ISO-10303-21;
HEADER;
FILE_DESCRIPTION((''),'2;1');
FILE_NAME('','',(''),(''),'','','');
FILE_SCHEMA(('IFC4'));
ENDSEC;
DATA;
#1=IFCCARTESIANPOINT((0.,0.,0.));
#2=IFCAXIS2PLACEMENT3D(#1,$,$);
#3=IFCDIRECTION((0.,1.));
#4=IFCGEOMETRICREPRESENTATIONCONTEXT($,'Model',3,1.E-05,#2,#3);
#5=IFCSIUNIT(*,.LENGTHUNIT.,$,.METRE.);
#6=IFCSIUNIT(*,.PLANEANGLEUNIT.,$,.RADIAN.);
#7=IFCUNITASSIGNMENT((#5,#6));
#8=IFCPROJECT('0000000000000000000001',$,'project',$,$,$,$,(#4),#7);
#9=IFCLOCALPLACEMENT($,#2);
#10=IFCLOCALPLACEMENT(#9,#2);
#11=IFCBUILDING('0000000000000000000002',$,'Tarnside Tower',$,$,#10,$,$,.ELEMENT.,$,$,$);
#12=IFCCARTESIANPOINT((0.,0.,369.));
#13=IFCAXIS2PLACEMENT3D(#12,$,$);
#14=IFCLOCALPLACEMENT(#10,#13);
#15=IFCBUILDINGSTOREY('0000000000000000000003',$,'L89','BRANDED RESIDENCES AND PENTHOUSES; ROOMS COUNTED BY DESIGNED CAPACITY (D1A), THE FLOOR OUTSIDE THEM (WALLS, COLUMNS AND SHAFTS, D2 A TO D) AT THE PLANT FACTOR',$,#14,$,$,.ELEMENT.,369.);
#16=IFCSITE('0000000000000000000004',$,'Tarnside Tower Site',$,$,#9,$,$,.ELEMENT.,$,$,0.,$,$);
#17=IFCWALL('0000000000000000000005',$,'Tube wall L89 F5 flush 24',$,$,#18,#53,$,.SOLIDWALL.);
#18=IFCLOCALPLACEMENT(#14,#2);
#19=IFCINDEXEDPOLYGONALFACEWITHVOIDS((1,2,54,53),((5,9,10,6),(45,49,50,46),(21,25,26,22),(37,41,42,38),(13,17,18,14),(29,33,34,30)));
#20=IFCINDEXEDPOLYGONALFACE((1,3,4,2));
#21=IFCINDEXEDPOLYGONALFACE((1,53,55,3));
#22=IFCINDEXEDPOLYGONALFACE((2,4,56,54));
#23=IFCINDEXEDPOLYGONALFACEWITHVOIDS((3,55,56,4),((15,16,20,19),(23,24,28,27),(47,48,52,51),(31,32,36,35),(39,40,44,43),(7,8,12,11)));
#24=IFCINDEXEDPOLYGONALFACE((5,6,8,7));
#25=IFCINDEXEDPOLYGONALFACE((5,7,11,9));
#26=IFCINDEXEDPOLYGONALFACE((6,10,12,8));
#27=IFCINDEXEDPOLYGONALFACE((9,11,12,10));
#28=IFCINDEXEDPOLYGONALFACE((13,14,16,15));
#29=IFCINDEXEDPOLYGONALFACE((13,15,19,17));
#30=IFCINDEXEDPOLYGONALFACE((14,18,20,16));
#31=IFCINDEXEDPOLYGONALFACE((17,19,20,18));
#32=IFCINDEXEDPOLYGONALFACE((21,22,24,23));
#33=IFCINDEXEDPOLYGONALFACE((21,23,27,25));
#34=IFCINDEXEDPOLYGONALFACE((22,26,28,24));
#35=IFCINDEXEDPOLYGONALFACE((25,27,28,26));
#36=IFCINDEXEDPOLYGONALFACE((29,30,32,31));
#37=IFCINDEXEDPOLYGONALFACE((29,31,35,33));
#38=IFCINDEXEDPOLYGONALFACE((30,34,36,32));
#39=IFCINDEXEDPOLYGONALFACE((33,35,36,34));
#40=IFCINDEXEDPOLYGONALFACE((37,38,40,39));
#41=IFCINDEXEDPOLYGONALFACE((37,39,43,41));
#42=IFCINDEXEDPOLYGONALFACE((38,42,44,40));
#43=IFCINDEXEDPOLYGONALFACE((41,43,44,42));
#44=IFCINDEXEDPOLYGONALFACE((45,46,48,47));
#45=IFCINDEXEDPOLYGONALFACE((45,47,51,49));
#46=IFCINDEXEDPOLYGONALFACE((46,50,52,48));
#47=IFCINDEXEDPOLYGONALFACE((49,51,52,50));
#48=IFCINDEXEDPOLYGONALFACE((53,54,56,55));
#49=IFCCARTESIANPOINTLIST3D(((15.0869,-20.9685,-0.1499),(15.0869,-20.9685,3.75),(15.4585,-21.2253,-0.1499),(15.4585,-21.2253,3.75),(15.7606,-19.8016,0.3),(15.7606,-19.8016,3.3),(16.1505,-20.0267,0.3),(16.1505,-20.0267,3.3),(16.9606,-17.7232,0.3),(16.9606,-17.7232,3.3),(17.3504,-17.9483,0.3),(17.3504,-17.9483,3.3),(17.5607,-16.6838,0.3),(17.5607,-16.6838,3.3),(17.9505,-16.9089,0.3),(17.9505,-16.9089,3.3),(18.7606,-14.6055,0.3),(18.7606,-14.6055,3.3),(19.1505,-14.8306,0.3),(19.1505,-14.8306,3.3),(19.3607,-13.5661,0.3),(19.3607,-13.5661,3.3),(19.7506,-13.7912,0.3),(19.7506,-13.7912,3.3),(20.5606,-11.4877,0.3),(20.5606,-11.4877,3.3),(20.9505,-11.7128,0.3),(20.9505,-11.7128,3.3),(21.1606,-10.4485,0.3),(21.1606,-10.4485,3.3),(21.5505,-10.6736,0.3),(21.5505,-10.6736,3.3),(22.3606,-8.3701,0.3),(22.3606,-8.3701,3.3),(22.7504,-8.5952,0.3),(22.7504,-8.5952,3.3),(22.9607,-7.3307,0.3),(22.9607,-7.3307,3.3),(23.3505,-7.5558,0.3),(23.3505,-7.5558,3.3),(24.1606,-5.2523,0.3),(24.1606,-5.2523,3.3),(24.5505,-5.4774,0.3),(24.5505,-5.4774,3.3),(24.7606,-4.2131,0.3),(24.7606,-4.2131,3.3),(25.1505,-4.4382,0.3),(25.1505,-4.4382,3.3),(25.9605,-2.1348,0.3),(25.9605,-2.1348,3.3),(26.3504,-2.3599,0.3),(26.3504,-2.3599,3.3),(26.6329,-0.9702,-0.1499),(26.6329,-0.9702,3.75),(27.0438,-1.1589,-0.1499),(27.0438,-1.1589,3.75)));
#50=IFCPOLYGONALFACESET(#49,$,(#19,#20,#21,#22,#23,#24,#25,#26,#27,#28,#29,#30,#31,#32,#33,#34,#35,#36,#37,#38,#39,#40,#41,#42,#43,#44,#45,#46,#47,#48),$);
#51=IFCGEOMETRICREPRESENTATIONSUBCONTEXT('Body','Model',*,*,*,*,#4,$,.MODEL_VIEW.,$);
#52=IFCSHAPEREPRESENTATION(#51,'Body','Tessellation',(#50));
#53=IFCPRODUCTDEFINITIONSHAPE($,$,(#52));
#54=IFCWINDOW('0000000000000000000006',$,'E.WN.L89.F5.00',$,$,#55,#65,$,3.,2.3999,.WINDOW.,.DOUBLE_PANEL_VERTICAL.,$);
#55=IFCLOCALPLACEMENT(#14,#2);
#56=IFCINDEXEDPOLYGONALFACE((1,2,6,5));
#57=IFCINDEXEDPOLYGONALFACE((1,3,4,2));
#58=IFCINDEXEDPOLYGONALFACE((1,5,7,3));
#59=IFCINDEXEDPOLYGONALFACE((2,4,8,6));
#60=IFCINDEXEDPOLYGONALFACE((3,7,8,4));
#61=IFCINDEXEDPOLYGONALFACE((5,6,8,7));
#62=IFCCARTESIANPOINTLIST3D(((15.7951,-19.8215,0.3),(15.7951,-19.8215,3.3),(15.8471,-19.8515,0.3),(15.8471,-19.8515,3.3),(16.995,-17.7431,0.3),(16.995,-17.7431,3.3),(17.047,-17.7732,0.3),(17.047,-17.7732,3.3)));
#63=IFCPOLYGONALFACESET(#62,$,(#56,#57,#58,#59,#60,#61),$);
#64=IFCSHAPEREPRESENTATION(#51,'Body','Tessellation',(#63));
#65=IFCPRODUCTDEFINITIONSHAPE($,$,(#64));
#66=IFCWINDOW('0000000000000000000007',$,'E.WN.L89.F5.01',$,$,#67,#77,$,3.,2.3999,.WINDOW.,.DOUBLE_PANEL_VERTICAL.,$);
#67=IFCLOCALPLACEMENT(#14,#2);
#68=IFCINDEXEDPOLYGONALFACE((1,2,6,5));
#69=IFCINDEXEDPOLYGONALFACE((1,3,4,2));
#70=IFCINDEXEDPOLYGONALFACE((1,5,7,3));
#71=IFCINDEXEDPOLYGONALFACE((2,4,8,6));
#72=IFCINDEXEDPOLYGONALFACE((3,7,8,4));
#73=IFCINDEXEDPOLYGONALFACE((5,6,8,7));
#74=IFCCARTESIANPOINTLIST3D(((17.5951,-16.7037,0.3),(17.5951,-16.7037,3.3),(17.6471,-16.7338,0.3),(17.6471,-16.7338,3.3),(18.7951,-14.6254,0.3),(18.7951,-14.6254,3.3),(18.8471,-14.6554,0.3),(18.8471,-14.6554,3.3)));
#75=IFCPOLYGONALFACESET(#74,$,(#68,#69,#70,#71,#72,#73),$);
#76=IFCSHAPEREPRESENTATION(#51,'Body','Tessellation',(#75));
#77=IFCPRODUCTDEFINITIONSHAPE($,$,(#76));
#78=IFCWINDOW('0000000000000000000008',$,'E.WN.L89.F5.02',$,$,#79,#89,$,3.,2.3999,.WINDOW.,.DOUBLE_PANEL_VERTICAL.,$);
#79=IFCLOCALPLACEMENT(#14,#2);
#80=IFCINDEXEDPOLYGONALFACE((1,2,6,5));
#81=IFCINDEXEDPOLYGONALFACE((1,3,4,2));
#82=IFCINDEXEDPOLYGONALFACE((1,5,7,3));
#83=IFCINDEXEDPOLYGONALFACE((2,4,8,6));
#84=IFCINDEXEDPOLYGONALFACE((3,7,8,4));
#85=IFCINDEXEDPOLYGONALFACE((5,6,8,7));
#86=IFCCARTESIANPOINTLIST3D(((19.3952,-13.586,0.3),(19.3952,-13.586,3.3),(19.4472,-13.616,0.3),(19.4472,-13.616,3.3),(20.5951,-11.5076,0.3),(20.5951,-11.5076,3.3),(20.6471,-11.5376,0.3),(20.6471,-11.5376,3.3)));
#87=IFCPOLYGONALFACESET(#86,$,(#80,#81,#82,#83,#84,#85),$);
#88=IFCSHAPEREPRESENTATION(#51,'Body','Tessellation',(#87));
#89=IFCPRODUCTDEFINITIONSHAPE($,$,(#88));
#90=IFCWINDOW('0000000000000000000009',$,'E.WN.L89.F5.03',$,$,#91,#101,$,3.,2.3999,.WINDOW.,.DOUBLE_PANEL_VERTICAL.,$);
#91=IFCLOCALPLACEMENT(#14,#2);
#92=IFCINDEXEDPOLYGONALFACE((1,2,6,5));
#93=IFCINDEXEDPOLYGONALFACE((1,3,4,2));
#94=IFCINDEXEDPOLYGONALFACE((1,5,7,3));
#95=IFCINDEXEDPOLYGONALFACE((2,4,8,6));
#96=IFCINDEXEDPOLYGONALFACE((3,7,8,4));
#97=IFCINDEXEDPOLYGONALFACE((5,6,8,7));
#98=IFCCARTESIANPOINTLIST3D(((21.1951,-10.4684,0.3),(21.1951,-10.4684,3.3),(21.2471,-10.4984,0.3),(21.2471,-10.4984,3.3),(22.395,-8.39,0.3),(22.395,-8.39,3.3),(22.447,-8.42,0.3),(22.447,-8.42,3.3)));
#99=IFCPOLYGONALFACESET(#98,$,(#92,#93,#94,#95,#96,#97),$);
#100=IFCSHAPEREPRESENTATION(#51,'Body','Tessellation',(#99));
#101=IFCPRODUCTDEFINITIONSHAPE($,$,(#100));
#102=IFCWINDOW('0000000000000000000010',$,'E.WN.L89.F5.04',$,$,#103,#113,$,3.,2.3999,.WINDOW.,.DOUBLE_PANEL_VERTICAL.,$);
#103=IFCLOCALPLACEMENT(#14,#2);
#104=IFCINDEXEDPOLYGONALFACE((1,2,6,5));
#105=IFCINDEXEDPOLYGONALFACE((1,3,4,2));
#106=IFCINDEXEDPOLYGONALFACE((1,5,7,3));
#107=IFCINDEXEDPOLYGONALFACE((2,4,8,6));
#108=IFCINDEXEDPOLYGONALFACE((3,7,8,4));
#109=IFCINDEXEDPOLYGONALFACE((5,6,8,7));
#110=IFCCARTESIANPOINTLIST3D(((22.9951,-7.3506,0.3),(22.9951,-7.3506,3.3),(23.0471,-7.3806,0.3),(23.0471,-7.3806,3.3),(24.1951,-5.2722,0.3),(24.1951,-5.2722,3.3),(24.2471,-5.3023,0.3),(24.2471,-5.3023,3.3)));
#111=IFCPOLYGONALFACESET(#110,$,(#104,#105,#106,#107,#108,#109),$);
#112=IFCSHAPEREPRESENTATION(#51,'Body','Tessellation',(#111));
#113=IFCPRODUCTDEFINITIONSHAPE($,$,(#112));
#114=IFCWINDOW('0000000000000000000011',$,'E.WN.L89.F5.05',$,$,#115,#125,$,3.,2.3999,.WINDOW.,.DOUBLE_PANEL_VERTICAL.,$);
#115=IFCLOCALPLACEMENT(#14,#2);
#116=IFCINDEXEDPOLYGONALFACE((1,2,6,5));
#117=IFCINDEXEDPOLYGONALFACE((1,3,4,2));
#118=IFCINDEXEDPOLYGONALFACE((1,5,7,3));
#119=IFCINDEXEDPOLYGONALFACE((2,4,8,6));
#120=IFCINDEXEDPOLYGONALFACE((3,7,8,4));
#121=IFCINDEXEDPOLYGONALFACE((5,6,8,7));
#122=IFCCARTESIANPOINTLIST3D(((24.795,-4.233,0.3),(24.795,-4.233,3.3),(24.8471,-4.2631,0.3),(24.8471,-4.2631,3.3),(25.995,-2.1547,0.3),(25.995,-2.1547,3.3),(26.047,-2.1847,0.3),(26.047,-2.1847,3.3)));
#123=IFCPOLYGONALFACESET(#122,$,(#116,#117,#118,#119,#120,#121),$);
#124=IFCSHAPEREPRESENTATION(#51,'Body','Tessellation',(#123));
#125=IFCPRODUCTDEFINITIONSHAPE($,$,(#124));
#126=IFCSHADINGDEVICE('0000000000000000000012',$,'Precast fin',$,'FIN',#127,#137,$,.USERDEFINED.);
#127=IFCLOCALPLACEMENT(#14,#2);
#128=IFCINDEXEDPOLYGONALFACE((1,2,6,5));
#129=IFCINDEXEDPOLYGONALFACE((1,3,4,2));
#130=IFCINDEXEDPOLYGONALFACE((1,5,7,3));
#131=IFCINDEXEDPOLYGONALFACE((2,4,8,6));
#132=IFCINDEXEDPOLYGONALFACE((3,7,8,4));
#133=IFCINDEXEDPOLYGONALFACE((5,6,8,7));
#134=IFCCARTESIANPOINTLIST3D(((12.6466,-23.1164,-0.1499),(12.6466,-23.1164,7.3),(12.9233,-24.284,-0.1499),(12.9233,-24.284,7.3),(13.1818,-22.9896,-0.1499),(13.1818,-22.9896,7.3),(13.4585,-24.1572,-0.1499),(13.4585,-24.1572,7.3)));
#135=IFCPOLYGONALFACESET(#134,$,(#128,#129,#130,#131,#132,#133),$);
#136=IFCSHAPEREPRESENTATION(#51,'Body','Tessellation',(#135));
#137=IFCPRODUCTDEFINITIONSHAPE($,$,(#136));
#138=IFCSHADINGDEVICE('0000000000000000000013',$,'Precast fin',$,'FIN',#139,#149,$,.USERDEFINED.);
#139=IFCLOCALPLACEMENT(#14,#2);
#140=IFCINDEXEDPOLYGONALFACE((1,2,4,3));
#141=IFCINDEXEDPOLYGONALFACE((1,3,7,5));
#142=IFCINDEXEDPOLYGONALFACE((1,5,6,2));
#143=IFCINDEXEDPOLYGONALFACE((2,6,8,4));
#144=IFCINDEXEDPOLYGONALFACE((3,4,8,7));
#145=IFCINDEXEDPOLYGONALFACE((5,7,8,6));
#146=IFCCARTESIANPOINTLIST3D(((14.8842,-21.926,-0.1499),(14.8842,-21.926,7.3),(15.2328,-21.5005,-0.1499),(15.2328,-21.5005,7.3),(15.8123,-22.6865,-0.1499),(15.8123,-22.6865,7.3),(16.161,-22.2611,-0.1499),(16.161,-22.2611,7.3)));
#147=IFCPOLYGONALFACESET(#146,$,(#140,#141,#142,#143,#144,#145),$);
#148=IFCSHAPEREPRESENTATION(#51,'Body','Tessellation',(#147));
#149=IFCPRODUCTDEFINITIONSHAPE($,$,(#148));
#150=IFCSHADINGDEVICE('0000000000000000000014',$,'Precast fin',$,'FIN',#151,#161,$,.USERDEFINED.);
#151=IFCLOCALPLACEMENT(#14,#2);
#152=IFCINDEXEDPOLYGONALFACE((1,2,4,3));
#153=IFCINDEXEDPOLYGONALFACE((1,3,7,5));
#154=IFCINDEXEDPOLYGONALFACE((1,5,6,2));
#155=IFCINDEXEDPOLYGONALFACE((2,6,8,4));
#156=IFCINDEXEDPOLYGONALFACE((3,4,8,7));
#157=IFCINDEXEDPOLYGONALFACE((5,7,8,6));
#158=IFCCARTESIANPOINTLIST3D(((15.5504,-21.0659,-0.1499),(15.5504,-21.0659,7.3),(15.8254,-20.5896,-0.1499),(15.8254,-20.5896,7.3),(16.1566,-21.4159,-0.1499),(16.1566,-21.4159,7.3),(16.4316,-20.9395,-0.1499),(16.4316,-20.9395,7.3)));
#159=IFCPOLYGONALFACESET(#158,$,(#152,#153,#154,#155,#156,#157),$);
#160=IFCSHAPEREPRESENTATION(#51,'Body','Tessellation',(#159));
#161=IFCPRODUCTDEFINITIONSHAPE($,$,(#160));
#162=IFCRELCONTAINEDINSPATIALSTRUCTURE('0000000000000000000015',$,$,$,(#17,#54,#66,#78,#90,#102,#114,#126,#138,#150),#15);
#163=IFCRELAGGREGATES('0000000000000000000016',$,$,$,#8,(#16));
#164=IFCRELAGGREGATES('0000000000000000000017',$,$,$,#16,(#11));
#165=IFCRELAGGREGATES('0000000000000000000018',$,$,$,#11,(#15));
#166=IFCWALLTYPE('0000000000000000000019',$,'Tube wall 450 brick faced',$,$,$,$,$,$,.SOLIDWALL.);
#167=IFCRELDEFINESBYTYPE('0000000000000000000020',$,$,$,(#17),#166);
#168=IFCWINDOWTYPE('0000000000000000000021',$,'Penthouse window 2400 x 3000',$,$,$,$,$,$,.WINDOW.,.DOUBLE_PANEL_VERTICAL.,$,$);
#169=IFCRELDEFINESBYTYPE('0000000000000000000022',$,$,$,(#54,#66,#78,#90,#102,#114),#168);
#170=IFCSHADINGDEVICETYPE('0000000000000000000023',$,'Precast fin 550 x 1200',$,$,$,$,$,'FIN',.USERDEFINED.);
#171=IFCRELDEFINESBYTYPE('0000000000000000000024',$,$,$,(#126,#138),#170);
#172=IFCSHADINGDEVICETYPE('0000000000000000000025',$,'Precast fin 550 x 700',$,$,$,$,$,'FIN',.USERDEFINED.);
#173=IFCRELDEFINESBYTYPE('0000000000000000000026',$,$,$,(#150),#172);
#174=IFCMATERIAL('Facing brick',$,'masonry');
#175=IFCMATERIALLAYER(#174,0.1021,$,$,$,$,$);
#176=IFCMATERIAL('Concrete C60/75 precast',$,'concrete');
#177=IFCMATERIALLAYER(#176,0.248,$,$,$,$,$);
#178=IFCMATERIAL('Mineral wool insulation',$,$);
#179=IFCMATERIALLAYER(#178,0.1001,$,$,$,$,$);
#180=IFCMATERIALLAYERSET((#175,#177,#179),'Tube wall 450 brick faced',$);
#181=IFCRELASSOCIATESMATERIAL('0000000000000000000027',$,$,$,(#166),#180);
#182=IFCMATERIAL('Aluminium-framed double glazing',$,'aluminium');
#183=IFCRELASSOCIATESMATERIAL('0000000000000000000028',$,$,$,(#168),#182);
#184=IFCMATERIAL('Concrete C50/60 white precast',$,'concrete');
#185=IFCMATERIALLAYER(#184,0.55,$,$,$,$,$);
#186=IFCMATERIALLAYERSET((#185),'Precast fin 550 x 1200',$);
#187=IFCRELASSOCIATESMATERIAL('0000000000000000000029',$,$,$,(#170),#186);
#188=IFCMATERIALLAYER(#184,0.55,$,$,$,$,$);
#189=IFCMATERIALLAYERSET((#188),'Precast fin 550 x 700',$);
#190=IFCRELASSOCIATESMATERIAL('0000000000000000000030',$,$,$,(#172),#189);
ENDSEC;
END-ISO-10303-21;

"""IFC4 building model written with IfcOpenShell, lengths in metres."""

from ifc_helpers import new_model, si_unit, direction, frame, frame_2d, origin, place, context, subcontext, project, spatial, polyline, rectangle, outline, extrude, material, layer, layer_set, type_object, element, fill, save


model = new_model("IFC4")

# Units and contexts
model_context = context("Model", 3, precision=1e-05, world=origin(), true_north=direction((0.0, 1.0)))
body_context = subcontext(model_context, "Body", "Model", "MODEL_VIEW")
ifc_project = project(units=[si_unit("LENGTHUNIT", "METRE"), si_unit("PLANEANGLEUNIT", "RADIAN")], contexts=[model_context])

# Site, building, storey
site_placement = place(None, origin())
site = spatial("IfcSite", under=ifc_project, at=site_placement, Name="Tarnside Tower Site", CompositionType="ELEMENT", RefElevation=0.0)
building_placement = place(site_placement, origin())
building = spatial("IfcBuilding", under=site, at=building_placement, Name="Tarnside Tower", CompositionType="ELEMENT")
storey_placement = place(building_placement, frame((0.0, 0.0, 369.0)))
storey = spatial("IfcBuildingStorey", under=building, at=storey_placement, Name="L89", Description="BRANDED RESIDENCES AND PENTHOUSES; ROOMS COUNTED BY DESIGNED CAPACITY (D1A), THE FLOOR OUTSIDE THEM (WALLS, COLUMNS AND SHAFTS, D2 A TO D) AT THE PLANT FACTOR", CompositionType="ELEMENT", Elevation=369.0)

# Shared definitions
ifc_material_1 = material(Name="Facing brick", Category="masonry")
ifc_layer_1 = layer(ifc_material_1, 0.1021)
ifc_material_2 = material(Name="Concrete C60/75 precast", Category="concrete")
ifc_layer_2 = layer(ifc_material_2, 0.248)
ifc_material_3 = material(Name="Mineral wool insulation")
ifc_layer_3 = layer(ifc_material_3, 0.1001)
ifc_layer_set_1 = layer_set([ifc_layer_1, ifc_layer_2, ifc_layer_3], Name="Tube wall 450 brick faced")
wall_type_1 = type_object("IfcWallType", Name="Tube wall 450 brick faced", PredefinedType="SOLIDWALL", material=ifc_layer_set_1)

# Wall, openings, windows
wall_1_placement = place(storey_placement, frame((15.2727, -21.0969, -0.1499), z_axis=(0.0, 0.0, 1.0), x_axis=(0.499997, 0.866027, 0.0)))
wall_1 = element("IfcWall", 1, at=wall_1_placement, inside=storey, type_object=wall_type_1, Name="Tube wall L89 F5 flush 24", PredefinedType="SOLIDWALL", context=body_context, shape_type="SweptSolid", body=[
    extrude(outline(polyline([(-0.0183, -0.2251), (23.1523, -0.2251), (23.1104, 0.2251), (0.0183, 0.2251), (-0.0183, -0.2251)])), origin(), (0.0, 0.0, 1.0), 3.8999),
])
opening_1_placement = place(wall_1_placement, frame((1.3657, 0.0, 0.45)))
opening_1 = element("IfcOpeningElement", 2, at=opening_1_placement, cuts=wall_1, PredefinedType="OPENING", context=body_context, shape_type="SweptSolid", body=[
    extrude(rectangle(XDim=2.3999, YDim=3.0, at=frame_2d((1.2, 1.5))), frame((0.0, 0.2349, 0.0), z_axis=(0.0, -1.0, 0.0), x_axis=(1.0, 0.0, 0.0)), (0.0, 0.0, 1.0), 0.47),
])
opening_2_placement = place(wall_1_placement, frame((4.9658, 0.0, 0.45)))
opening_2 = element("IfcOpeningElement", 3, at=opening_2_placement, cuts=wall_1, PredefinedType="OPENING", context=body_context, shape_type="SweptSolid", body=[
    extrude(rectangle(XDim=2.3999, YDim=3.0, at=frame_2d((1.2, 1.5))), frame((0.0, 0.2349, 0.0), z_axis=(0.0, -1.0, 0.0), x_axis=(1.0, 0.0, 0.0)), (0.0, 0.0, 1.0), 0.47),
])
opening_3_placement = place(wall_1_placement, frame((8.5659, 0.0, 0.45)))
opening_3 = element("IfcOpeningElement", 4, at=opening_3_placement, cuts=wall_1, PredefinedType="OPENING", context=body_context, shape_type="SweptSolid", body=[
    extrude(rectangle(XDim=2.3999, YDim=3.0, at=frame_2d((1.2, 1.5))), frame((0.0, 0.2349, 0.0), z_axis=(0.0, -1.0, 0.0), x_axis=(1.0, 0.0, 0.0)), (0.0, 0.0, 1.0), 0.47),
])
opening_4_placement = place(wall_1_placement, frame((12.1658, 0.0, 0.45)))
opening_4 = element("IfcOpeningElement", 5, at=opening_4_placement, cuts=wall_1, PredefinedType="OPENING", context=body_context, shape_type="SweptSolid", body=[
    extrude(rectangle(XDim=2.3999, YDim=3.0, at=frame_2d((1.2, 1.5))), frame((0.0, 0.2349, 0.0), z_axis=(0.0, -1.0, 0.0), x_axis=(1.0, 0.0, 0.0)), (0.0, 0.0, 1.0), 0.47),
])
opening_5_placement = place(wall_1_placement, frame((15.7659, 0.0, 0.45)))
opening_5 = element("IfcOpeningElement", 6, at=opening_5_placement, cuts=wall_1, PredefinedType="OPENING", context=body_context, shape_type="SweptSolid", body=[
    extrude(rectangle(XDim=2.3999, YDim=3.0, at=frame_2d((1.2, 1.5))), frame((0.0, 0.2349, 0.0), z_axis=(0.0, -1.0, 0.0), x_axis=(1.0, 0.0, 0.0)), (0.0, 0.0, 1.0), 0.47),
])
opening_6_placement = place(wall_1_placement, frame((19.3657, 0.0, 0.45)))
opening_6 = element("IfcOpeningElement", 7, at=opening_6_placement, cuts=wall_1, PredefinedType="OPENING", context=body_context, shape_type="SweptSolid", body=[
    extrude(rectangle(XDim=2.3999, YDim=3.0, at=frame_2d((1.2, 1.5))), frame((0.0, 0.2349, 0.0), z_axis=(0.0, -1.0, 0.0), x_axis=(1.0, 0.0, 0.0)), (0.0, 0.0, 1.0), 0.47),
])
ifc_material_4 = material(Name="Aluminium-framed double glazing", Category="aluminium")
window_type = type_object("IfcWindowType", Name="Penthouse window 2400 x 3000", PartitioningType="DOUBLE_PANEL_VERTICAL", PredefinedType="WINDOW", material=ifc_material_4)
window_1_placement = place(opening_1_placement, frame((0.0, 0.1553, 0.0)))
window_1 = element("IfcWindow", 8, at=window_1_placement, inside=storey, type_object=window_type, Name="E.WN.L89.F5.00", OverallHeight=3.0, OverallWidth=2.3999, PartitioningType="DOUBLE_PANEL_VERTICAL", PredefinedType="WINDOW", context=body_context, shape_type="SweptSolid", body=[
    extrude(rectangle(XDim=2.3999, YDim=3.0, at=frame_2d((1.2, 1.5))), frame((0.0, 0.03, 0.0), z_axis=(0.0, -1.0, 0.0), x_axis=(1.0, 0.0, 0.0)), (0.0, 0.0, 1.0), 0.0601),
])
fill(opening_1, window_1)
window_2_placement = place(opening_2_placement, frame((0.0, 0.1553, 0.0)))
window_2 = element("IfcWindow", 9, at=window_2_placement, inside=storey, type_object=window_type, Name="E.WN.L89.F5.01", OverallHeight=3.0, OverallWidth=2.3999, PartitioningType="DOUBLE_PANEL_VERTICAL", PredefinedType="WINDOW", context=body_context, shape_type="SweptSolid", body=[
    extrude(rectangle(XDim=2.3999, YDim=3.0, at=frame_2d((1.2, 1.5))), frame((0.0, 0.03, 0.0), z_axis=(0.0, -1.0, 0.0), x_axis=(1.0, 0.0, 0.0)), (0.0, 0.0, 1.0), 0.0601),
])
fill(opening_2, window_2)
window_3_placement = place(opening_3_placement, frame((0.0, 0.1553, 0.0)))
window_3 = element("IfcWindow", 10, at=window_3_placement, inside=storey, type_object=window_type, Name="E.WN.L89.F5.02", OverallHeight=3.0, OverallWidth=2.3999, PartitioningType="DOUBLE_PANEL_VERTICAL", PredefinedType="WINDOW", context=body_context, shape_type="SweptSolid", body=[
    extrude(rectangle(XDim=2.3999, YDim=3.0, at=frame_2d((1.2, 1.5))), frame((0.0, 0.03, 0.0), z_axis=(0.0, -1.0, 0.0), x_axis=(1.0, 0.0, 0.0)), (0.0, 0.0, 1.0), 0.0601),
])
fill(opening_3, window_3)
window_4_placement = place(opening_4_placement, frame((0.0, 0.1553, 0.0)))
window_4 = element("IfcWindow", 11, at=window_4_placement, inside=storey, type_object=window_type, Name="E.WN.L89.F5.03", OverallHeight=3.0, OverallWidth=2.3999, PartitioningType="DOUBLE_PANEL_VERTICAL", PredefinedType="WINDOW", context=body_context, shape_type="SweptSolid", body=[
    extrude(rectangle(XDim=2.3999, YDim=3.0, at=frame_2d((1.2, 1.5))), frame((0.0, 0.03, 0.0), z_axis=(0.0, -1.0, 0.0), x_axis=(1.0, 0.0, 0.0)), (0.0, 0.0, 1.0), 0.0601),
])
fill(opening_4, window_4)
window_5_placement = place(opening_5_placement, frame((0.0, 0.1553, 0.0)))
window_5 = element("IfcWindow", 12, at=window_5_placement, inside=storey, type_object=window_type, Name="E.WN.L89.F5.04", OverallHeight=3.0, OverallWidth=2.3999, PartitioningType="DOUBLE_PANEL_VERTICAL", PredefinedType="WINDOW", context=body_context, shape_type="SweptSolid", body=[
    extrude(rectangle(XDim=2.3999, YDim=3.0, at=frame_2d((1.2, 1.5))), frame((0.0, 0.03, 0.0), z_axis=(0.0, -1.0, 0.0), x_axis=(1.0, 0.0, 0.0)), (0.0, 0.0, 1.0), 0.0601),
])
fill(opening_5, window_5)
window_6_placement = place(opening_6_placement, frame((0.0, 0.1553, 0.0)))
window_6 = element("IfcWindow", 13, at=window_6_placement, inside=storey, type_object=window_type, Name="E.WN.L89.F5.05", OverallHeight=3.0, OverallWidth=2.3999, PartitioningType="DOUBLE_PANEL_VERTICAL", PredefinedType="WINDOW", context=body_context, shape_type="SweptSolid", body=[
    extrude(rectangle(XDim=2.3999, YDim=3.0, at=frame_2d((1.2, 1.5))), frame((0.0, 0.03, 0.0), z_axis=(0.0, -1.0, 0.0), x_axis=(1.0, 0.0, 0.0)), (0.0, 0.0, 1.0), 0.0601),
])
fill(opening_6, window_6)

# Shading devices
ifc_material_5 = material(Name="Concrete C50/60 white precast", Category="concrete")
ifc_layer_4 = layer(ifc_material_5, 0.55)
ifc_layer_set_2 = layer_set([ifc_layer_4], Name="Precast fin 550 x 1200")
shading_device_type_1 = type_object("IfcShadingDeviceType", Name="Precast fin 550 x 1200", ElementType="FIN", PredefinedType="USERDEFINED", material=ifc_layer_set_2)
for number, where, z_axis, x_axis, name in (
    (14, (12.9143, -23.053, -0.1499), (-0.973045, -0.230616, 0.0), (0.230616, -0.973045, 0.0), "Precast fin"),
    (15, (15.0586, -21.7131, -0.1499), (-0.633831, -0.773472, 0.0), (0.773472, -0.633831, 0.0), "Precast fin"),
):
    element("IfcShadingDevice", number, at=place(storey_placement, frame(where, z_axis=z_axis, x_axis=x_axis)), inside=storey, type_object=shading_device_type_1, Name=name, ObjectType="FIN", PredefinedType="USERDEFINED", context=body_context, shape_type="SweptSolid", body=[
        extrude(outline(polyline([(0.0, 0.0), (1.2, 0.0), (1.2, 7.45), (0.0, 7.45), (0.0, 0.0)])), frame((0.0, 0.0, -0.2749)), (0.0, 0.0, 1.0), 0.55),
    ])
ifc_layer_5 = layer(ifc_material_5, 0.55)
ifc_layer_set_3 = layer_set([ifc_layer_5], Name="Precast fin 550 x 700")
shading_device_type_2 = type_object("IfcShadingDeviceType", Name="Precast fin 550 x 700", ElementType="FIN", PredefinedType="USERDEFINED", material=ifc_layer_set_3)
for number, where, z_axis, x_axis, name in (
    (16, (15.688, -20.8276, -0.1499), (-0.5, -0.866025, 0.0), (0.866025, -0.5, 0.0), "Precast fin"),
):
    element("IfcShadingDevice", number, at=place(storey_placement, frame(where, z_axis=z_axis, x_axis=x_axis)), inside=storey, type_object=shading_device_type_2, Name=name, ObjectType="FIN", PredefinedType="USERDEFINED", context=body_context, shape_type="SweptSolid", body=[
        extrude(outline(polyline([(0.0, 0.0), (0.7, 0.0), (0.7, 7.45), (0.0, 7.45), (0.0, 0.0)])), frame((0.0, 0.0, -0.2749)), (0.0, 0.0, 1.0), 0.55),
    ])

save(model, "model.ifc")
